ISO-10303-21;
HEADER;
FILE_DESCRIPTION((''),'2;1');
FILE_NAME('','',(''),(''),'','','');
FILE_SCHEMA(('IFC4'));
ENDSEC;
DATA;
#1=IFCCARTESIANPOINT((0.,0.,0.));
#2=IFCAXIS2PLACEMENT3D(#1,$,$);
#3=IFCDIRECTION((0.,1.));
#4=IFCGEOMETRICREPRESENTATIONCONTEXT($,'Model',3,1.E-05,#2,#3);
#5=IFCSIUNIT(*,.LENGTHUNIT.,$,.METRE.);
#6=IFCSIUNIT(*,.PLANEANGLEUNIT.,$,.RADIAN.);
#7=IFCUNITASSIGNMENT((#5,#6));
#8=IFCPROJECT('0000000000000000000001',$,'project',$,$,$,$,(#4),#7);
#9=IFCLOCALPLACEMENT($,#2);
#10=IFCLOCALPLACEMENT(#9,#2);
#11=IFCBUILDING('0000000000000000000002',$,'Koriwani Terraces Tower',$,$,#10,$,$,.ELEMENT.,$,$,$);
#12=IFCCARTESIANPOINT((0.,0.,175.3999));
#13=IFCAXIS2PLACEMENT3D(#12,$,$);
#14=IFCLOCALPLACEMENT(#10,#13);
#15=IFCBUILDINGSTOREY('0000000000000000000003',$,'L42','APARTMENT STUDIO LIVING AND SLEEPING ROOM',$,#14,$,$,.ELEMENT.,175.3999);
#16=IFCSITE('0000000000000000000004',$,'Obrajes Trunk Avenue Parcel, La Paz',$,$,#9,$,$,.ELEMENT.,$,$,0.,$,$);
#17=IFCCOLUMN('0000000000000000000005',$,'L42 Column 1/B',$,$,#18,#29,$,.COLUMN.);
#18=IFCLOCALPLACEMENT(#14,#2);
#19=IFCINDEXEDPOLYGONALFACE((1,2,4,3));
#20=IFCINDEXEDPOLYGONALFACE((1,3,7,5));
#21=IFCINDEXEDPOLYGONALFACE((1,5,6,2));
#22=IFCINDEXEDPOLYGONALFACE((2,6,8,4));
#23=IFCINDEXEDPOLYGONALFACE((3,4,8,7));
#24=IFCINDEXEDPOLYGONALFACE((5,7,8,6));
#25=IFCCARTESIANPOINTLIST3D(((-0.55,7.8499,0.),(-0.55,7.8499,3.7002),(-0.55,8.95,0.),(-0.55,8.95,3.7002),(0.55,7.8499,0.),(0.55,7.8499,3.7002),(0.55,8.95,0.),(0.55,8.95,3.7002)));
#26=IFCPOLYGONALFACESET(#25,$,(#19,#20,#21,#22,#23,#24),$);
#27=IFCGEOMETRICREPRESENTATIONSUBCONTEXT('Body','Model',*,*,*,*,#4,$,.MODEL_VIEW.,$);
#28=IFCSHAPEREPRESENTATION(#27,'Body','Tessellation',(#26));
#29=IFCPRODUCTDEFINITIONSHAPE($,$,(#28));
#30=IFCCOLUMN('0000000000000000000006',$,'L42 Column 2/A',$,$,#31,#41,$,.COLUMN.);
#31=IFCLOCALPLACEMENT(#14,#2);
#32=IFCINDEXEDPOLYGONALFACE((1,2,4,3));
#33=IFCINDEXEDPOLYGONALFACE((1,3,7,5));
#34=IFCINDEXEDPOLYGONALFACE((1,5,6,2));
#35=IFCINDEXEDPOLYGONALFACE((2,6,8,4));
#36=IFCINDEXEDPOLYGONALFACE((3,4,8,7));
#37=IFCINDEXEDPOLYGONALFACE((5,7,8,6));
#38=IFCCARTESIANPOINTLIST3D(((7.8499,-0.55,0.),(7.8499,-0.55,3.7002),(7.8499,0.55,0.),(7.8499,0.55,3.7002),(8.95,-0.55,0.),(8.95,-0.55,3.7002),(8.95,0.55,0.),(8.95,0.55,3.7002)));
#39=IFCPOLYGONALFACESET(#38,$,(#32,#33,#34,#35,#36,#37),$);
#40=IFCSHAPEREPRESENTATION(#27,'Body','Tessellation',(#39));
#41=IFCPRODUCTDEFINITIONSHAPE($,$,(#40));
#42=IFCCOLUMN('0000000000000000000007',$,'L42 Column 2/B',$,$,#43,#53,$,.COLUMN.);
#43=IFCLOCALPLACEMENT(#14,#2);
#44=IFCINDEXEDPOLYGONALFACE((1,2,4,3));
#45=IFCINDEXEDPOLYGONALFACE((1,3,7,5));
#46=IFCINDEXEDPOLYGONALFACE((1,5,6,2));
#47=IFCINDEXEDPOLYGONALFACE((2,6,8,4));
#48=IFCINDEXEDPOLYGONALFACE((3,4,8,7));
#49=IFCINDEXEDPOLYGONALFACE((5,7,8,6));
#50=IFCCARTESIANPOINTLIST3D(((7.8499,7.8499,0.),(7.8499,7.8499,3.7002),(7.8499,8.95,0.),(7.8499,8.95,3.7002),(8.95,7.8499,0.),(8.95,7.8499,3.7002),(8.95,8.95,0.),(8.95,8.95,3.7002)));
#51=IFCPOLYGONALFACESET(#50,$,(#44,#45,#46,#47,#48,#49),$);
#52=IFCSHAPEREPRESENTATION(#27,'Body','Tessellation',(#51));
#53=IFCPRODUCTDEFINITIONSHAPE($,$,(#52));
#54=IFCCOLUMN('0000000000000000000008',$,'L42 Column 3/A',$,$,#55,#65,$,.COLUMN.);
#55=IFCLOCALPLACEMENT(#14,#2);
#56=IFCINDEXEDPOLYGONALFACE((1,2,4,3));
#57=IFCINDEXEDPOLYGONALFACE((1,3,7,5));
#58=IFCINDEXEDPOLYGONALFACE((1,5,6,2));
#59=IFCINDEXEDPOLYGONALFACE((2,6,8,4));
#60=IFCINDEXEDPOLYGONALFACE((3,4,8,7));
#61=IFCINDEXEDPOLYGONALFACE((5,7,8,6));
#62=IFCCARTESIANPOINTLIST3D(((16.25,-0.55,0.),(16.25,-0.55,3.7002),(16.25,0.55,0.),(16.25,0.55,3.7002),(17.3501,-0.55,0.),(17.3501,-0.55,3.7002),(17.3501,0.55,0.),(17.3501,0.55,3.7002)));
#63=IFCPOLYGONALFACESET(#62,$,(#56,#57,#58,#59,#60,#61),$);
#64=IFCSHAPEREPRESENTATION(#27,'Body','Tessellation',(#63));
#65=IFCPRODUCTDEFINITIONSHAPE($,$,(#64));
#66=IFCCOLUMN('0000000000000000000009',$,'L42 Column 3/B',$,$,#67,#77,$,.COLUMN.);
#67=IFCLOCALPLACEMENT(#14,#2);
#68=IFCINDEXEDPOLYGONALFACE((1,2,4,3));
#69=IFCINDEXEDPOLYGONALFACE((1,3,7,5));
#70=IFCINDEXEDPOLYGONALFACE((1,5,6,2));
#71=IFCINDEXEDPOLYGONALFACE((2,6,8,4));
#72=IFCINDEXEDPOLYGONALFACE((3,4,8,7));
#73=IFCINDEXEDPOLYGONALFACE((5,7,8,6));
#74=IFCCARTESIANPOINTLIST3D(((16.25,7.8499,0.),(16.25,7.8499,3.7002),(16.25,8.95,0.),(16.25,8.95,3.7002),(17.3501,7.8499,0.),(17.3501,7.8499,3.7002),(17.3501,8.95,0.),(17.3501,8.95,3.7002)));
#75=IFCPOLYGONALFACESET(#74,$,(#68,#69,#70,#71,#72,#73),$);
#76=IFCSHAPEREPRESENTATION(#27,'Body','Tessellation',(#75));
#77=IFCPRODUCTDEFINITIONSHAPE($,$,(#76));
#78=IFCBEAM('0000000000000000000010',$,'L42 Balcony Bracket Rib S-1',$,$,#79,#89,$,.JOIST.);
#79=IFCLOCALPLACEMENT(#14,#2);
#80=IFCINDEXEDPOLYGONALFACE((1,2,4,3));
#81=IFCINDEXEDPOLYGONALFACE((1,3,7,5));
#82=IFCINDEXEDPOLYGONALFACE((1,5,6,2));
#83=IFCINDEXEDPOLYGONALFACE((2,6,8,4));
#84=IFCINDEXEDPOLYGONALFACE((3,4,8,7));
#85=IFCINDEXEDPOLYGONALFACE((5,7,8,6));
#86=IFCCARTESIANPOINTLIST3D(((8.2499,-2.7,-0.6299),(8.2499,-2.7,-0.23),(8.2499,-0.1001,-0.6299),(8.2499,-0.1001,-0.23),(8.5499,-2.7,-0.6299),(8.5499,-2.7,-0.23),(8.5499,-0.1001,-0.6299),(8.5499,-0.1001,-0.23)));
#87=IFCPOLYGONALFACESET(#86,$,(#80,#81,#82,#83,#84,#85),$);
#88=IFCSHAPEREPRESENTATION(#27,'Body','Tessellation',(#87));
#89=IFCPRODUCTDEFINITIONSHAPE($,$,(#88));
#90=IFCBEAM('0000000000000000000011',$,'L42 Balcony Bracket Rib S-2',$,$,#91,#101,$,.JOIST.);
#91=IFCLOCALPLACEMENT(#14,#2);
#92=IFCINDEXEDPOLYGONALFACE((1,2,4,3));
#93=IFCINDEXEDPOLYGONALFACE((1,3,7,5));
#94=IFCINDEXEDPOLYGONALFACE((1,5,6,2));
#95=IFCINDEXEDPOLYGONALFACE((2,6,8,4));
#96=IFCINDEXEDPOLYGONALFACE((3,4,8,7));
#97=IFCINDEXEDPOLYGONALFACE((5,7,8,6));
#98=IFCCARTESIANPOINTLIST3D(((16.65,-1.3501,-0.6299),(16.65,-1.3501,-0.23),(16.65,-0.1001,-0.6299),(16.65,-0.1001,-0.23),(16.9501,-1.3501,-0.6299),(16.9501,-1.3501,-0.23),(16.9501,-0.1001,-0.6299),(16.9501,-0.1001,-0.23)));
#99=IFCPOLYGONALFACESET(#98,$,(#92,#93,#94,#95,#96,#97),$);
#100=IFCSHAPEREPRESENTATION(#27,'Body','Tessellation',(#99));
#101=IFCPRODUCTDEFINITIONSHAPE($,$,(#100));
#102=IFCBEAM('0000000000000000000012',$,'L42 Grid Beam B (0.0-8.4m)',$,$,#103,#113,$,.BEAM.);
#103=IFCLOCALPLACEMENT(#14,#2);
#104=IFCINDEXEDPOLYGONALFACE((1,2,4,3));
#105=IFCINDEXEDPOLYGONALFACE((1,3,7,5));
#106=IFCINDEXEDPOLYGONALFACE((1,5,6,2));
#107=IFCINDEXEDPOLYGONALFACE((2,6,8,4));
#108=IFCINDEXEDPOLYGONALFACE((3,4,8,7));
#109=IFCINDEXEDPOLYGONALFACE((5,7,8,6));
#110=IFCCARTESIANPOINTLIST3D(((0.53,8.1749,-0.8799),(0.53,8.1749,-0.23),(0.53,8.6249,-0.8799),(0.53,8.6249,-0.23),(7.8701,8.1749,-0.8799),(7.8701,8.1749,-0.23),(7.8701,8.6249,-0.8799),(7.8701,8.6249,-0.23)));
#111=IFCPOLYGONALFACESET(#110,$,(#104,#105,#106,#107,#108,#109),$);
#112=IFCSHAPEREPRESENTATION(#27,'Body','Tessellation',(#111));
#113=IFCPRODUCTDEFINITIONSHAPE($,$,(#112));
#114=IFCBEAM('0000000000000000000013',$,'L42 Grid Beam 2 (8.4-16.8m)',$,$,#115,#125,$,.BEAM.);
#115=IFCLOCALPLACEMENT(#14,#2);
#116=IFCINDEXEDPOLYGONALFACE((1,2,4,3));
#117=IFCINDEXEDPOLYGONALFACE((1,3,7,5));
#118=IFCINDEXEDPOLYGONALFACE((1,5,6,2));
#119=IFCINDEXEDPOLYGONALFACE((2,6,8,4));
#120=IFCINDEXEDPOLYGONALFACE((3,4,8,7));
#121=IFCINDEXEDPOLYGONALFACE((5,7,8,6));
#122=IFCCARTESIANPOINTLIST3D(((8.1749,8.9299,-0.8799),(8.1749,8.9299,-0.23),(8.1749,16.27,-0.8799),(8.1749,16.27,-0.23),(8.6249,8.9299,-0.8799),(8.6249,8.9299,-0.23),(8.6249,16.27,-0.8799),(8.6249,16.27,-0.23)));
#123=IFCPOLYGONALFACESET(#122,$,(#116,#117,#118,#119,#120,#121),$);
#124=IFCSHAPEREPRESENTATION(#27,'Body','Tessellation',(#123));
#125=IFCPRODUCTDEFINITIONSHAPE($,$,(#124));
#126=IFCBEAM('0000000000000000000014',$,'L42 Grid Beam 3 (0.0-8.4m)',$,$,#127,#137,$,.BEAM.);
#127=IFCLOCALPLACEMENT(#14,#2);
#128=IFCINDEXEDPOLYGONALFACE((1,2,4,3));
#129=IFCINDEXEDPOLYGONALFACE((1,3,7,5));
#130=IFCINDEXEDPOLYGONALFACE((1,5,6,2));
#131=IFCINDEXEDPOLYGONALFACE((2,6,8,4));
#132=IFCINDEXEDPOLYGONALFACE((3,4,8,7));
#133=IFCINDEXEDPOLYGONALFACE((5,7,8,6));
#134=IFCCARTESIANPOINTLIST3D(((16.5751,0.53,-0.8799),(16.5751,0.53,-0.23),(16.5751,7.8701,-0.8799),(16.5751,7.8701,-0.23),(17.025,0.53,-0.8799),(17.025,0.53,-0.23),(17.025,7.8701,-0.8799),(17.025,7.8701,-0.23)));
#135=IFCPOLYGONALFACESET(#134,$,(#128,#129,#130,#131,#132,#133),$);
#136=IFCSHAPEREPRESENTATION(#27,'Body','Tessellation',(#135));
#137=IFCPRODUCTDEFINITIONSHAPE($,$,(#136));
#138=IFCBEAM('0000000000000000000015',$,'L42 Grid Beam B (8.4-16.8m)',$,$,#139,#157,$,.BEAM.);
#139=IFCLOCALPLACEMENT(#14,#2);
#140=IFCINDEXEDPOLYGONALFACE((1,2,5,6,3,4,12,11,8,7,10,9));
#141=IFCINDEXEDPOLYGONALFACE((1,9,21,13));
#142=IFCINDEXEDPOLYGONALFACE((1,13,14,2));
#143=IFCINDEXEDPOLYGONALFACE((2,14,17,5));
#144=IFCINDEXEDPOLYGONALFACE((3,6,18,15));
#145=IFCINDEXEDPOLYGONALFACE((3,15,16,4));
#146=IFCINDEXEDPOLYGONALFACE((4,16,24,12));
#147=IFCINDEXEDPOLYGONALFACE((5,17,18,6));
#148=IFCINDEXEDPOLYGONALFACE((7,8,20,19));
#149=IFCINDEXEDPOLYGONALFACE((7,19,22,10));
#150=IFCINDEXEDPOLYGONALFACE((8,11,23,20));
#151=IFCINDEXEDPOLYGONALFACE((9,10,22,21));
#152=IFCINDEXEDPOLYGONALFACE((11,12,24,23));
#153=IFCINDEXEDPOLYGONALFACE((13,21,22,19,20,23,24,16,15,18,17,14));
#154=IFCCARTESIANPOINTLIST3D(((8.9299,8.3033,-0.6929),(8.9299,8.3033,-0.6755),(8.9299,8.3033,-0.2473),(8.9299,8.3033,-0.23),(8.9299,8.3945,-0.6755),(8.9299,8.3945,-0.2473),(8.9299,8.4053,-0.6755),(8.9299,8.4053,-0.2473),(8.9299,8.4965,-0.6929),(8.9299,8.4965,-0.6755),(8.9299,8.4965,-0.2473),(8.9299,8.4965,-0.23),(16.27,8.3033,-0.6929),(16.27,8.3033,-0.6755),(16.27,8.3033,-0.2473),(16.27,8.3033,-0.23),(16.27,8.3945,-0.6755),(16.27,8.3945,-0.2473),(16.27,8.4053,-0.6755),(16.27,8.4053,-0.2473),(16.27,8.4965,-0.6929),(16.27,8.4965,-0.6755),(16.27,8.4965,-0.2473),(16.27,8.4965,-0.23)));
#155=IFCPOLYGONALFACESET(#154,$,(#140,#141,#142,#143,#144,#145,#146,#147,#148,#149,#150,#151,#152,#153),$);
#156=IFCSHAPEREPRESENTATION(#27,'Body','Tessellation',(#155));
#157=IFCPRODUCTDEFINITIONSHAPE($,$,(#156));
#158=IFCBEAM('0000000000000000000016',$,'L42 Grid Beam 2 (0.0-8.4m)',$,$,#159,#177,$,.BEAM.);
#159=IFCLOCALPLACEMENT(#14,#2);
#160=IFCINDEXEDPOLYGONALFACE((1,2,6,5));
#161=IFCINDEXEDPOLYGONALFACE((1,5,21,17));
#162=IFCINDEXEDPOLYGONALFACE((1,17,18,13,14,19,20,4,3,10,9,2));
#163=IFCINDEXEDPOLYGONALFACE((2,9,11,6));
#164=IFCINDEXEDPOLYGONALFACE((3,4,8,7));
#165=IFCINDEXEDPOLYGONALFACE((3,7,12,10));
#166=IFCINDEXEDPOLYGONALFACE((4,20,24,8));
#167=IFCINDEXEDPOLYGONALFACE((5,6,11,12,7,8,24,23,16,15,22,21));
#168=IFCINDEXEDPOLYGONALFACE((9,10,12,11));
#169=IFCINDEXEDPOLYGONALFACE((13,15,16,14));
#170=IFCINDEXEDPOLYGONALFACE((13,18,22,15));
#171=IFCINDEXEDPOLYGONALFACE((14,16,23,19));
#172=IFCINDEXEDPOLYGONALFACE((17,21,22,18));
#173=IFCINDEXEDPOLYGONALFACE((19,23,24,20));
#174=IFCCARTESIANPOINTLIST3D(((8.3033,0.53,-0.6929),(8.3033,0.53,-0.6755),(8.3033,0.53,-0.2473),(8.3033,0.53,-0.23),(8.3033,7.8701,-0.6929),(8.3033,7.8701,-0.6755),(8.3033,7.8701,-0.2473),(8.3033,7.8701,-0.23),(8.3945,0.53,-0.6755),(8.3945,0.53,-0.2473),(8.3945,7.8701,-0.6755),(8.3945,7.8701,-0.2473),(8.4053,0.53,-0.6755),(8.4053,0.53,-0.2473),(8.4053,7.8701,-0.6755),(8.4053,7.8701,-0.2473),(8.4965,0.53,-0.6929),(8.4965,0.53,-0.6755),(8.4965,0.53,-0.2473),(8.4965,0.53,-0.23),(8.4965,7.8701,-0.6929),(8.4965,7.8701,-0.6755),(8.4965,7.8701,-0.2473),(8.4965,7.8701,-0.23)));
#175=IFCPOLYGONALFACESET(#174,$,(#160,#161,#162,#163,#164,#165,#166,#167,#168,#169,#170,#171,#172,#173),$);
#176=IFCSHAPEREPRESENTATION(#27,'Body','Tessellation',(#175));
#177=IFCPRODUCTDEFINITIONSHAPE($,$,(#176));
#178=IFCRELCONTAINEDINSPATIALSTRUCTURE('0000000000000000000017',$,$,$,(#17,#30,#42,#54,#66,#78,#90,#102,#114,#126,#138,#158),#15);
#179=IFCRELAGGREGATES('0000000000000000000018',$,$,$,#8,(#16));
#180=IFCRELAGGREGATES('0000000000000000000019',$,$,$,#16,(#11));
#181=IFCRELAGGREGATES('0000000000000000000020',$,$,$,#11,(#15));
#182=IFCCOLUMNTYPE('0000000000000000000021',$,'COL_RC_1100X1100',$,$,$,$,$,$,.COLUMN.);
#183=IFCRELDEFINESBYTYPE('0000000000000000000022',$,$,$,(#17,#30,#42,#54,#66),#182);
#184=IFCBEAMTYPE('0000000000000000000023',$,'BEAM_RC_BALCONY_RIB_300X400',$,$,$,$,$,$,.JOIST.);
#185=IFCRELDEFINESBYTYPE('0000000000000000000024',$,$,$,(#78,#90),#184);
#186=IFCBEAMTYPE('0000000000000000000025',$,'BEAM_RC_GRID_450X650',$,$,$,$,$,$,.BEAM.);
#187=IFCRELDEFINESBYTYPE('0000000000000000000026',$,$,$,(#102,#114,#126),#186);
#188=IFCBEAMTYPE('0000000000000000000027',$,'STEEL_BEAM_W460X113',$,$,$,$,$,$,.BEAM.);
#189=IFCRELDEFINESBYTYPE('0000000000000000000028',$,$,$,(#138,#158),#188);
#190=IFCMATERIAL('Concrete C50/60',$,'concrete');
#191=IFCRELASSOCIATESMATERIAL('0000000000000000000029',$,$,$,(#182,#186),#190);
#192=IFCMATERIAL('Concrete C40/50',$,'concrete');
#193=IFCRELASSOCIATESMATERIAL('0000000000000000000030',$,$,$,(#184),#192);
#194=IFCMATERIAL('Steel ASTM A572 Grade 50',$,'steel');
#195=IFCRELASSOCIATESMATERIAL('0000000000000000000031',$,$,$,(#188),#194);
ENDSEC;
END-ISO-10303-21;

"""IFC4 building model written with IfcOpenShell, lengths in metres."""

from ifc_helpers import new_model, si_unit, direction, frame, origin, origin_2d, place, context, subcontext, project, spatial, rectangle, i_section, extrude, material, material_profile, profile_set, type_object, element, save


model = new_model("IFC4")

# Units and contexts
model_context = context("Model", 3, precision=1e-05, world=origin(), true_north=direction((0.0, 1.0)))
body_context = subcontext(model_context, "Body", "Model", "MODEL_VIEW")
ifc_project = project(units=[si_unit("LENGTHUNIT", "METRE"), si_unit("PLANEANGLEUNIT", "RADIAN")], contexts=[model_context])

# Site, building, storey
site_placement = place(None, origin())
site = spatial("IfcSite", under=ifc_project, at=site_placement, Name="Obrajes Trunk Avenue Parcel, La Paz", CompositionType="ELEMENT", RefElevation=0.0)
building_placement = place(site_placement, origin())
building = spatial("IfcBuilding", under=site, at=building_placement, Name="Koriwani Terraces Tower", CompositionType="ELEMENT")
storey_placement = place(building_placement, frame((0.0, 0.0, 175.3999)))
storey = spatial("IfcBuildingStorey", under=building, at=storey_placement, Name="L42", Description="APARTMENT STUDIO LIVING AND SLEEPING ROOM", CompositionType="ELEMENT", Elevation=175.3999)

# Columns
ifc_material_1 = material(Name="Concrete C50/60", Category="concrete")
ifc_material_profile_1 = material_profile(ifc_material_1, rectangle(XDim=1.1001, YDim=1.1001, at=origin_2d()), Name="Concrete C50/60", Category="LoadBearing")
ifc_profile_set_1 = profile_set([ifc_material_profile_1], Name="Concrete C50/60")
column_type = type_object("IfcColumnType", Name="COL_RC_1100X1100", PredefinedType="COLUMN", material=ifc_profile_set_1)
for number, where, z_axis, x_axis, name in (
    (1, (0.0, 8.3999, 0.0), (0.0, 0.0, 1.0), (1.0, 0.0, 0.0), "L42 Column 1/B"),
    (2, (8.3999, 0.0, 0.0), (0.0, 0.0, 1.0), (1.0, 0.0, 0.0), "L42 Column 2/A"),
    (3, (8.3999, 8.3999, 0.0), (0.0, 0.0, 1.0), (1.0, 0.0, 0.0), "L42 Column 2/B"),
    (4, (16.8, 0.0, 0.0), (0.0, 0.0, 1.0), (1.0, 0.0, 0.0), "L42 Column 3/A"),
    (5, (16.8, 8.3999, 0.0), (0.0, 0.0, 1.0), (1.0, 0.0, 0.0), "L42 Column 3/B"),
):
    element("IfcColumn", number, at=place(storey_placement, frame(where, z_axis=z_axis, x_axis=x_axis)), inside=storey, type_object=column_type, Name=name, PredefinedType="COLUMN", context=body_context, shape_type="SweptSolid", body=[
        extrude(rectangle(XDim=1.1001, YDim=1.1001, at=origin_2d()), origin(), (0.0, 0.0, 1.0), 3.7002),
    ])

# Beams
ifc_material_2 = material(Name="Concrete C40/50", Category="concrete")
ifc_material_profile_2 = material_profile(ifc_material_2, rectangle(XDim=0.3, YDim=0.3999, at=origin_2d()), Name="Concrete C40/50", Category="LoadBearing")
ifc_profile_set_2 = profile_set([ifc_material_profile_2], Name="Concrete C40/50")
beam_type_1 = type_object("IfcBeamType", Name="BEAM_RC_BALCONY_RIB_300X400", PredefinedType="JOIST", material=ifc_profile_set_2)
beam_1_placement = place(storey_placement, frame((8.3999, -2.7, -0.4299), z_axis=(0.0, 1.0, 0.0), x_axis=(-1.0, 0.0, 0.0)))
element("IfcBeam", 6, at=beam_1_placement, inside=storey, type_object=beam_type_1, Name="L42 Balcony Bracket Rib S-1", PredefinedType="JOIST", context=body_context, shape_type="SweptSolid", body=[
    extrude(rectangle(XDim=0.3, YDim=0.3999, at=origin_2d()), origin(), (0.0, 0.0, 1.0), 2.5999),
])
beam_2_placement = place(storey_placement, frame((16.8, -1.3501, -0.4299), z_axis=(0.0, 1.0, 0.0), x_axis=(-1.0, 0.0, 0.0)))
element("IfcBeam", 7, at=beam_2_placement, inside=storey, type_object=beam_type_1, Name="L42 Balcony Bracket Rib S-2", PredefinedType="JOIST", context=body_context, shape_type="SweptSolid", body=[
    extrude(rectangle(XDim=0.3, YDim=0.3999, at=origin_2d()), origin(), (0.0, 0.0, 1.0), 1.25),
])
ifc_material_profile_3 = material_profile(ifc_material_1, rectangle(XDim=0.45, YDim=0.6499, at=origin_2d()), Name="Concrete C50/60", Category="LoadBearing")
ifc_profile_set_3 = profile_set([ifc_material_profile_3], Name="Concrete C50/60")
beam_type_2 = type_object("IfcBeamType", Name="BEAM_RC_GRID_450X650", PredefinedType="BEAM", material=ifc_profile_set_3)
for number, where, z_axis, x_axis, name in (
    (8, (0.53, 8.3999, -0.5549), (1.0, 0.0, 0.0), (0.0, 1.0, 0.0), "L42 Grid Beam B (0.0-8.4m)"),
    (9, (8.3999, 8.9299, -0.5549), (0.0, 1.0, 0.0), (-1.0, 0.0, 0.0), "L42 Grid Beam 2 (8.4-16.8m)"),
    (10, (16.8, 0.53, -0.5549), (0.0, 1.0, 0.0), (-1.0, 0.0, 0.0), "L42 Grid Beam 3 (0.0-8.4m)"),
):
    element("IfcBeam", number, at=place(storey_placement, frame(where, z_axis=z_axis, x_axis=x_axis)), inside=storey, type_object=beam_type_2, Name=name, PredefinedType="BEAM", context=body_context, shape_type="SweptSolid", body=[
        extrude(rectangle(XDim=0.45, YDim=0.6499, at=origin_2d()), origin(), (0.0, 0.0, 1.0), 7.3401),
    ])
ifc_material_3 = material(Name="Steel ASTM A572 Grade 50", Category="steel")
ifc_material_profile_4 = material_profile(ifc_material_3, i_section(OverallWidth=0.1931, OverallDepth=0.4629, WebThickness=0.0107, FlangeThickness=0.0173, at=origin_2d()), Name="Steel ASTM A572 Grade 50", Category="LoadBearing")
ifc_profile_set_4 = profile_set([ifc_material_profile_4], Name="Steel ASTM A572 Grade 50")
beam_type_3 = type_object("IfcBeamType", Name="STEEL_BEAM_W460X113", PredefinedType="BEAM", material=ifc_profile_set_4)
for number, where, z_axis, x_axis, name in (
    (11, (8.9299, 8.3999, -0.4614), (1.0, 0.0, 0.0), (0.0, 1.0, 0.0), "L42 Grid Beam B (8.4-16.8m)"),
    (12, (8.3999, 0.53, -0.4614), (0.0, 1.0, 0.0), (-1.0, 0.0, 0.0), "L42 Grid Beam 2 (0.0-8.4m)"),
):
    element("IfcBeam", number, at=place(storey_placement, frame(where, z_axis=z_axis, x_axis=x_axis)), inside=storey, type_object=beam_type_3, Name=name, PredefinedType="BEAM", context=body_context, shape_type="SweptSolid", body=[
        extrude(i_section(OverallWidth=0.1931, OverallDepth=0.4629, WebThickness=0.0107, FlangeThickness=0.0173, at=origin_2d()), origin(), (0.0, 0.0, 1.0), 7.3401),
    ])

save(model, "model.ifc")
